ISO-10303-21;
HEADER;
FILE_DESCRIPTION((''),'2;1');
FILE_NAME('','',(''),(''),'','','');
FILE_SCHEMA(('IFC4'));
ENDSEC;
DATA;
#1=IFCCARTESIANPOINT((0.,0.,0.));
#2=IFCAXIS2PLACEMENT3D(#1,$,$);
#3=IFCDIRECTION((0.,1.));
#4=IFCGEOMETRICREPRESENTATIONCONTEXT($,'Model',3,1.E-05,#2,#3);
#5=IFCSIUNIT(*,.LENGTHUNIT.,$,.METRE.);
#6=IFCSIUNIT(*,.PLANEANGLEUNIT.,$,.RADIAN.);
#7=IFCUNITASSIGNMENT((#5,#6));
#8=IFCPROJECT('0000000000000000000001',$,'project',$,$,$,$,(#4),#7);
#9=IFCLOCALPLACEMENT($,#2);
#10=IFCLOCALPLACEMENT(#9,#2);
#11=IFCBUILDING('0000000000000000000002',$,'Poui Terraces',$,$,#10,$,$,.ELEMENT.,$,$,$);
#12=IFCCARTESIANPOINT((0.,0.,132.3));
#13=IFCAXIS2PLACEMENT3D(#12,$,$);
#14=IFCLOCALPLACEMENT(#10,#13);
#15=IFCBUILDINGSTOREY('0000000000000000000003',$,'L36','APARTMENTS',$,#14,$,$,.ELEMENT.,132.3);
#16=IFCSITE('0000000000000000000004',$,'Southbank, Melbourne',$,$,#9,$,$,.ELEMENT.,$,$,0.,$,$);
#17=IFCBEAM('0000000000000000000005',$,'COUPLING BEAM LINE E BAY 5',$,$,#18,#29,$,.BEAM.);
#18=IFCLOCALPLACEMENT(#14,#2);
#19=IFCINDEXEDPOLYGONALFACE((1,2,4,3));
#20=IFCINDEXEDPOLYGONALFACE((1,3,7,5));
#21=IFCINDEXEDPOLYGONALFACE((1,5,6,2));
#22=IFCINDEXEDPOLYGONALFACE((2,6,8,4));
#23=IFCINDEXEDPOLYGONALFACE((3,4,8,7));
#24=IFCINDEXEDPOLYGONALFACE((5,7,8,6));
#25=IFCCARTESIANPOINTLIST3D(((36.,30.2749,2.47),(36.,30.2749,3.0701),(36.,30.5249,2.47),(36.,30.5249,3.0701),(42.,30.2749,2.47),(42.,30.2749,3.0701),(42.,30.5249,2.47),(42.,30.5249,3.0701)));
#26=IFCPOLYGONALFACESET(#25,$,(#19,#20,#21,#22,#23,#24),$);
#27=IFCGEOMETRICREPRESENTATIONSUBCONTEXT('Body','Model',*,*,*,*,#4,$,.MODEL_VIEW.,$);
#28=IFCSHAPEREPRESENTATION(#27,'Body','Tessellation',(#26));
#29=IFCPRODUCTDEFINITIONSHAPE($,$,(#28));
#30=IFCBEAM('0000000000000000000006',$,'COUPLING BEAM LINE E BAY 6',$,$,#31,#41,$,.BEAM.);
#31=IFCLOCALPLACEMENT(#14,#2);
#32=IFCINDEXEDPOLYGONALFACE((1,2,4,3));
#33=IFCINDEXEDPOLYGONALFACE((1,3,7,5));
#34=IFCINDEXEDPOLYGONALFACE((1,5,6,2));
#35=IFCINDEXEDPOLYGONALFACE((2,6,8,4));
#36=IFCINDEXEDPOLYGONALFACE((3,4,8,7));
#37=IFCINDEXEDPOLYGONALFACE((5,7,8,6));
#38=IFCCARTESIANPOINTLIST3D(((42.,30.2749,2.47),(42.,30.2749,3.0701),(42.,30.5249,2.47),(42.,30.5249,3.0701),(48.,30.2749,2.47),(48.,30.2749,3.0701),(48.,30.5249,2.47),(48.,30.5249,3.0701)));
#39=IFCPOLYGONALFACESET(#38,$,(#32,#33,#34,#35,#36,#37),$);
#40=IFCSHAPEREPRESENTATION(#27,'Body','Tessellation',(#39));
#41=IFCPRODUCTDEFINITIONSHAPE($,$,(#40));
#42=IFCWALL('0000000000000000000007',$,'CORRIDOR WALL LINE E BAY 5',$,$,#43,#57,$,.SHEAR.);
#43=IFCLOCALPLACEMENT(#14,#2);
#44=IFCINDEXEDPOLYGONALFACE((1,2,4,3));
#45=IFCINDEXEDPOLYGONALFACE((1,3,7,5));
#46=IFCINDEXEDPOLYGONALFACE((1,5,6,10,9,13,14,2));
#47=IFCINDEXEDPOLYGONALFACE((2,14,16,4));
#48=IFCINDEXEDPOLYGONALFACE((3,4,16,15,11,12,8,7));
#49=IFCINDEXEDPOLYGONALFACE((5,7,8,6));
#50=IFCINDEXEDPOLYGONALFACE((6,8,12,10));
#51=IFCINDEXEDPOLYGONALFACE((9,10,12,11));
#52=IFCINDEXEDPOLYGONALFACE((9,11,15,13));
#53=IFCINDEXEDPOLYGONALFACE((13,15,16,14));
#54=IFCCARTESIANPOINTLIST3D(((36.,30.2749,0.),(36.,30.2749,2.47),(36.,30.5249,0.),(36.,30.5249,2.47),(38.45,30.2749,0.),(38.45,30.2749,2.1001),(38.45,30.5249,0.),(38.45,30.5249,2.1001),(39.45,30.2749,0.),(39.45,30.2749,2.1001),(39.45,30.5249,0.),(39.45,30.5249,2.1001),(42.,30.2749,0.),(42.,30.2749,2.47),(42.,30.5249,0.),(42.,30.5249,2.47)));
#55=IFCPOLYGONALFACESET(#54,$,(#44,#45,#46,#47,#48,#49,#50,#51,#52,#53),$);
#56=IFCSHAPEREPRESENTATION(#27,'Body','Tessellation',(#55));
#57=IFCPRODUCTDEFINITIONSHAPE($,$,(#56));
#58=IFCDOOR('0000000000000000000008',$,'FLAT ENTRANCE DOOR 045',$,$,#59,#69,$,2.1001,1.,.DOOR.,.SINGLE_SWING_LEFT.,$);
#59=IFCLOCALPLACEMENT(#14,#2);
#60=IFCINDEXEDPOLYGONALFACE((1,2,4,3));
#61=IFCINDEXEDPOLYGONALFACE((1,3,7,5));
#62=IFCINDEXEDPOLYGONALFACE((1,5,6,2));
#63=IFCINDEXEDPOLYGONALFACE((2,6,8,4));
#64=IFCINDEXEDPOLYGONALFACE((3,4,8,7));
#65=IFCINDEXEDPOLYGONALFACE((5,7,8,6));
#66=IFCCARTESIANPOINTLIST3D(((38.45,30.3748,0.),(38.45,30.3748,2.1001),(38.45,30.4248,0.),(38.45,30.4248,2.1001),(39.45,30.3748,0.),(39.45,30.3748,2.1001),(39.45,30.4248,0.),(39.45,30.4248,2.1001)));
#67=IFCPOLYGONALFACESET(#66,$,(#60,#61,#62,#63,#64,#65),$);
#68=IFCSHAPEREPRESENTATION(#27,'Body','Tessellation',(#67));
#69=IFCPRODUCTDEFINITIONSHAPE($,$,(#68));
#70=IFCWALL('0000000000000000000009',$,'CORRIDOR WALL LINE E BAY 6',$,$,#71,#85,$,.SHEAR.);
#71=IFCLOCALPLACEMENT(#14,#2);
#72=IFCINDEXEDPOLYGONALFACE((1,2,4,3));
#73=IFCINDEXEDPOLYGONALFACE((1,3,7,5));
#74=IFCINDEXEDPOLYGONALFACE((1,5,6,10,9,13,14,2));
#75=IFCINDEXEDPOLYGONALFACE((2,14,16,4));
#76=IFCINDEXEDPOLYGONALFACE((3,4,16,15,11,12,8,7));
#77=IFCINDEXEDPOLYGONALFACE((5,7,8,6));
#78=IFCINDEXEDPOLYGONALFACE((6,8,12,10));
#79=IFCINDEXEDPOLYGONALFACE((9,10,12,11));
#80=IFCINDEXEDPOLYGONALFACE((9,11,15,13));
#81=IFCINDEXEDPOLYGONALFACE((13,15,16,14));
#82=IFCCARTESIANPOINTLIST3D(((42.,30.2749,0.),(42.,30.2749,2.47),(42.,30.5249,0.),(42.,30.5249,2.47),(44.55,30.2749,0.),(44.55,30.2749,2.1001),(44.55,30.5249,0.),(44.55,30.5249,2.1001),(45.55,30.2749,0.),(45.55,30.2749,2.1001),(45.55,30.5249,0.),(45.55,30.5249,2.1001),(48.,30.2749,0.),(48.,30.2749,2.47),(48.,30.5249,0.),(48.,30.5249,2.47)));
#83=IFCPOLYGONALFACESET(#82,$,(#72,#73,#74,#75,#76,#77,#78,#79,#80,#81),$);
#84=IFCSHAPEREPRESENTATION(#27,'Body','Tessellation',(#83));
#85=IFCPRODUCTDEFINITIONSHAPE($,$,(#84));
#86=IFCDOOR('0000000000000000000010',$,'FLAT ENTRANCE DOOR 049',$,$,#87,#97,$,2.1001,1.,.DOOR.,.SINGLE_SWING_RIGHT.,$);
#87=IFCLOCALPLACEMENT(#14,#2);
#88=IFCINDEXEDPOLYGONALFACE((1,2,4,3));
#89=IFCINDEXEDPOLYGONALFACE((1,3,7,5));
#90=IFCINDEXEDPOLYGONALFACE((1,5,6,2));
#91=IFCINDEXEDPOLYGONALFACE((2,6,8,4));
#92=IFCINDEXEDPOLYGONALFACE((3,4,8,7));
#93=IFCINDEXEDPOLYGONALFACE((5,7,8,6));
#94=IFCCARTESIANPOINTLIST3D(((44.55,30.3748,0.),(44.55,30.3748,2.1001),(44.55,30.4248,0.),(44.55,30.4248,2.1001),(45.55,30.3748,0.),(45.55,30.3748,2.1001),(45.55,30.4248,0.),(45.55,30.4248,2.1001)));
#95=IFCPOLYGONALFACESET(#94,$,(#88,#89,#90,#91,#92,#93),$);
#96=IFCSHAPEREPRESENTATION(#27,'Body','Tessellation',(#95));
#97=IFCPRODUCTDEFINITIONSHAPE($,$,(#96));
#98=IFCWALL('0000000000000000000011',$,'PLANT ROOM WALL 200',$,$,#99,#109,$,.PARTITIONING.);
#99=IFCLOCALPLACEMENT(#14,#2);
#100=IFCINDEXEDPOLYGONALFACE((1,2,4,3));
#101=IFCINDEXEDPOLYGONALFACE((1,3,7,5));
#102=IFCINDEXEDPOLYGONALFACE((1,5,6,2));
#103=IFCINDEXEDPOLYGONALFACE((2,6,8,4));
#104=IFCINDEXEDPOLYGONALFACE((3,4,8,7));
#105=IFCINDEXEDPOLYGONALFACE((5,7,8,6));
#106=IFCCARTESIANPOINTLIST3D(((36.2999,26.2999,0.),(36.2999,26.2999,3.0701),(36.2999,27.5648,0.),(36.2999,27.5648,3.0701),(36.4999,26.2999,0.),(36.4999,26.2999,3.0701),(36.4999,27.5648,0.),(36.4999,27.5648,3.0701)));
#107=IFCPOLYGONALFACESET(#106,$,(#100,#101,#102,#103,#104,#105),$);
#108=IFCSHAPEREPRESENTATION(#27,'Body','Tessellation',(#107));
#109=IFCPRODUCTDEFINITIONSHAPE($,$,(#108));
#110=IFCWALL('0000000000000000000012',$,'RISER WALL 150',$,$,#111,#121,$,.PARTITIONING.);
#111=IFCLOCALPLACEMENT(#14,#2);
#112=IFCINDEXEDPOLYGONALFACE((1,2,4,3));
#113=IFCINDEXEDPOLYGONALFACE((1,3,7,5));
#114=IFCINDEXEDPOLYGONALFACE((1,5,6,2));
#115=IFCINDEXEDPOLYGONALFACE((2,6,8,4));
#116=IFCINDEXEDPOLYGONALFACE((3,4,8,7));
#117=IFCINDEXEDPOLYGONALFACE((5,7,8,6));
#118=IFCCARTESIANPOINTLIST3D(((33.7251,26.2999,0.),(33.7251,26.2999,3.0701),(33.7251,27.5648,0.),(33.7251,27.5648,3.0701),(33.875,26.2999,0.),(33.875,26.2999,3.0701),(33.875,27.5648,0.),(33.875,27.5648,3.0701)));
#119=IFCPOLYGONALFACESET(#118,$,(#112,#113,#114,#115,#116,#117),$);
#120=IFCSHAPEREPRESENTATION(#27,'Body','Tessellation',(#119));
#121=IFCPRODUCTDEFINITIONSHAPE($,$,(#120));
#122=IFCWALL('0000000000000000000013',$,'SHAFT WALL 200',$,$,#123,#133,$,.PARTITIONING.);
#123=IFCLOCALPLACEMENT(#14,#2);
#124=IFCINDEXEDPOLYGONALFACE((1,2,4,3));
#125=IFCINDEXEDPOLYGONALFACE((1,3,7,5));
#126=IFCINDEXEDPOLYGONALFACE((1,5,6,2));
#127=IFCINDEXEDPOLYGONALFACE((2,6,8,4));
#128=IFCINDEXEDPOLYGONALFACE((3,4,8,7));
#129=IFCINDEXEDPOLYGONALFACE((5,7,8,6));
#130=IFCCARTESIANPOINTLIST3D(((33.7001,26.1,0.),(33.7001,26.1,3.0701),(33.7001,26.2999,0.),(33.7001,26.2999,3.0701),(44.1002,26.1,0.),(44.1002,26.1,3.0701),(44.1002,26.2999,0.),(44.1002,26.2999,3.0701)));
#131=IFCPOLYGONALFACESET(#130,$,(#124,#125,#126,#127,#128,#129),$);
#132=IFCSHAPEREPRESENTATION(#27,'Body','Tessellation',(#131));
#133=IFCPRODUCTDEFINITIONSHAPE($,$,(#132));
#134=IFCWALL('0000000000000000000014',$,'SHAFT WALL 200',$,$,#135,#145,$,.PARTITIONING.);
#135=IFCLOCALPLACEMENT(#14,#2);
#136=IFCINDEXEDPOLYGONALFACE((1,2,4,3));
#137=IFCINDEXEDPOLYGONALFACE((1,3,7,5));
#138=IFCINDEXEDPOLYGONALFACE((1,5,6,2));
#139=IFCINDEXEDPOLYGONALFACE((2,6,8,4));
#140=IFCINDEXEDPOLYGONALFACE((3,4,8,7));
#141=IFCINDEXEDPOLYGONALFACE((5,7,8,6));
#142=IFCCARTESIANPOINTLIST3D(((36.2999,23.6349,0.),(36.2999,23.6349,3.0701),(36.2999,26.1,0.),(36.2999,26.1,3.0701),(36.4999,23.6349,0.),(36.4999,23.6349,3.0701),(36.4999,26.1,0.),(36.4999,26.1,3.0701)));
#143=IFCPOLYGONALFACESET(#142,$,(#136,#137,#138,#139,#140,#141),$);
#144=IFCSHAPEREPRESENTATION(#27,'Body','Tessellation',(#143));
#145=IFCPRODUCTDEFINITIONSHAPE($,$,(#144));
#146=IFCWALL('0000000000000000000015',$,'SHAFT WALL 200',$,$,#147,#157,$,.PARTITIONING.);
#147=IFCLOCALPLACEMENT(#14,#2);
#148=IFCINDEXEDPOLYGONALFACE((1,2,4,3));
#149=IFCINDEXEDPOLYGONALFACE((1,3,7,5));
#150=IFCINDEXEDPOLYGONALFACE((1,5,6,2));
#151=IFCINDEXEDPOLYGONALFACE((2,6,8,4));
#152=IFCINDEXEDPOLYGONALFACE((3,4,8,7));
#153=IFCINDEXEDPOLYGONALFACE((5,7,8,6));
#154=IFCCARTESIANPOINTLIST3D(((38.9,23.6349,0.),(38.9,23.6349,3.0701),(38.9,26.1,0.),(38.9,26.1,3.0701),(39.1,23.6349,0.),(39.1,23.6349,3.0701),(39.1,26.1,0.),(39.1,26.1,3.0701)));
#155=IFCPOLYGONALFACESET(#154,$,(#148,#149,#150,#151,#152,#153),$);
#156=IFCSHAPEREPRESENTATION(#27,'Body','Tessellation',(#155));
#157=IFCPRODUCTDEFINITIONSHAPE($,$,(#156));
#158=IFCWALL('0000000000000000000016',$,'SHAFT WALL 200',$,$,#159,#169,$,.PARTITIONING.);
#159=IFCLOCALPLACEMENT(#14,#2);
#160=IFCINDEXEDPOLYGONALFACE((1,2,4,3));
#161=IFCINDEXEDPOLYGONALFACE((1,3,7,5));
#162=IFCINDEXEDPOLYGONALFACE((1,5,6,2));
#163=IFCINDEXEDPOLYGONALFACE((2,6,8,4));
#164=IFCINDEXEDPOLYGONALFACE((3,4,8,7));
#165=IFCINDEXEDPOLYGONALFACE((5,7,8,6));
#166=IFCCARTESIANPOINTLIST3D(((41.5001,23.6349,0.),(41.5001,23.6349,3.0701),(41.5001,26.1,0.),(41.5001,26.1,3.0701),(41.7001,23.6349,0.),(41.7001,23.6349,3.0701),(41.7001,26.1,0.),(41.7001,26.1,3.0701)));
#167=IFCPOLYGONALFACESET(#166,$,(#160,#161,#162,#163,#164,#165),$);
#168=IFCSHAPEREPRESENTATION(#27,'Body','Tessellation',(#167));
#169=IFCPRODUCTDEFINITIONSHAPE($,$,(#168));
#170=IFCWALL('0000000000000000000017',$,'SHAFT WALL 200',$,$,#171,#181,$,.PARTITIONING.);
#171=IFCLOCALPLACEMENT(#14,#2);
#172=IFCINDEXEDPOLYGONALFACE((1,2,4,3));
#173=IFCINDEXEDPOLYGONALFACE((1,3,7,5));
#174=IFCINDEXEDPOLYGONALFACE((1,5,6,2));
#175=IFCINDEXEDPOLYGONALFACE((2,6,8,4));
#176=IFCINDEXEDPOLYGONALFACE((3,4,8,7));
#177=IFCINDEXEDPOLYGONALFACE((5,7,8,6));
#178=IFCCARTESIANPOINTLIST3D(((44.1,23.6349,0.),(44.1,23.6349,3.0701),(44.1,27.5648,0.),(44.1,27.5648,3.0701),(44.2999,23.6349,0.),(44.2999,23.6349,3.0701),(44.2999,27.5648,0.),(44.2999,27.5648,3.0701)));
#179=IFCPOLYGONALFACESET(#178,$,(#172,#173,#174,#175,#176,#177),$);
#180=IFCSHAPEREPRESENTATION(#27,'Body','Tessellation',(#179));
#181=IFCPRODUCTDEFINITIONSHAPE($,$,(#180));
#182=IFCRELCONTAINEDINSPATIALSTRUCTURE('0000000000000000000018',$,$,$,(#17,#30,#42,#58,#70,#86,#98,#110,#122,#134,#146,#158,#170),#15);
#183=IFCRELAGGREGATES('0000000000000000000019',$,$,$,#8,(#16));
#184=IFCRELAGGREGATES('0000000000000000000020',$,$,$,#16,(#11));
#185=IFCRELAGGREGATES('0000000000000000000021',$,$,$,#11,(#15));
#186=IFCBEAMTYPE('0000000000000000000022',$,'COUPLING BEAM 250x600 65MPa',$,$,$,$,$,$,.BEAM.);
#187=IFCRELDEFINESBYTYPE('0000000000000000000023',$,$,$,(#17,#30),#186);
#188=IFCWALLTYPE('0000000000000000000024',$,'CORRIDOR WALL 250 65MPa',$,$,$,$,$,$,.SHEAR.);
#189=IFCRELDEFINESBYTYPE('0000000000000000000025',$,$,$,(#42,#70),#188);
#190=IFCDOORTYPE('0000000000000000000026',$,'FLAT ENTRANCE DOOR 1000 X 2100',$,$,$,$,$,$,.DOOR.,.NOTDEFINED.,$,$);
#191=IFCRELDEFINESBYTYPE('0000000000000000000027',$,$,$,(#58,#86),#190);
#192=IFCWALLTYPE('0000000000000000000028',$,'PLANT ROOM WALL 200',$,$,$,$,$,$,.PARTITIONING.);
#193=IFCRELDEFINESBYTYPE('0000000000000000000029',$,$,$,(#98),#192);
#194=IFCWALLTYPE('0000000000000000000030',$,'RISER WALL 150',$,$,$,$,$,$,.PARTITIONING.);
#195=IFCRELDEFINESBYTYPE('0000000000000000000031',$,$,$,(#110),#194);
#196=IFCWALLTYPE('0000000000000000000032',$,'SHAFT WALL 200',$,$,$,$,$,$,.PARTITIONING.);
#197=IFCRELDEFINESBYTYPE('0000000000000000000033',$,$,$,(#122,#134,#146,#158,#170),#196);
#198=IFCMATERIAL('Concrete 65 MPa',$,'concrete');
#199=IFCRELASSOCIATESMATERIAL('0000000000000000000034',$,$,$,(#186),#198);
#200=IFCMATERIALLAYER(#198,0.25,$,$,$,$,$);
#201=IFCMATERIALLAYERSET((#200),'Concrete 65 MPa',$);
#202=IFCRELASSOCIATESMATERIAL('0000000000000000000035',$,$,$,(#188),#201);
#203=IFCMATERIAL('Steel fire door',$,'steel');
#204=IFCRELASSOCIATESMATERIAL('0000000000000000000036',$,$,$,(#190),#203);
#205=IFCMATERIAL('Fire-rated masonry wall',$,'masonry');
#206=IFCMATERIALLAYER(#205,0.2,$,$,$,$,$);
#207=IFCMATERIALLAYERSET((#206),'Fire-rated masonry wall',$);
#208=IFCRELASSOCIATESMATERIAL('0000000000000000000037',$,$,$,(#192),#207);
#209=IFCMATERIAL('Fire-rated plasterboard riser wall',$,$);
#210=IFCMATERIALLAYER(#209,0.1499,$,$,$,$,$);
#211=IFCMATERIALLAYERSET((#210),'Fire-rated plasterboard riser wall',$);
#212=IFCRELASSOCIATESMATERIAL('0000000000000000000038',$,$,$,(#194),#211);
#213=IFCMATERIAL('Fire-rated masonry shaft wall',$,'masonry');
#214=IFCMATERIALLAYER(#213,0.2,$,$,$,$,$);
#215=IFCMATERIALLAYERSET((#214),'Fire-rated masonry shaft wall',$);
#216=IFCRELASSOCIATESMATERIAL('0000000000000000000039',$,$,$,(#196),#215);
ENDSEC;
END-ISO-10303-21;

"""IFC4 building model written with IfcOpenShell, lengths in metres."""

from ifc_helpers import new_model, si_unit, direction, frame, frame_2d, origin, origin_2d, place, context, subcontext, project, spatial, rectangle, extrude, source, transform, mapped, material, layer, layer_set, material_profile, profile_set, type_object, element, fill, save


model = new_model("IFC4")

# Units and contexts
model_context = context("Model", 3, precision=1e-05, world=origin(), true_north=direction((0.0, 1.0)))
body_context = subcontext(model_context, "Body", "Model", "MODEL_VIEW")
ifc_project = project(units=[si_unit("LENGTHUNIT", "METRE"), si_unit("PLANEANGLEUNIT", "RADIAN")], contexts=[model_context])

# Site, building, storey
site_placement = place(None, origin())
site = spatial("IfcSite", under=ifc_project, at=site_placement, Name="Southbank, Melbourne", CompositionType="ELEMENT", RefElevation=0.0)
building_placement = place(site_placement, origin())
building = spatial("IfcBuilding", under=site, at=building_placement, Name="Poui Terraces", CompositionType="ELEMENT")
storey_placement = place(building_placement, frame((0.0, 0.0, 132.3)))
storey = spatial("IfcBuildingStorey", under=building, at=storey_placement, Name="L36", Description="APARTMENTS", CompositionType="ELEMENT", Elevation=132.3)

# Beams
ifc_material_1 = material(Name="Concrete 65 MPa", Category="concrete")
ifc_material_profile = material_profile(ifc_material_1, rectangle(XDim=0.25, YDim=0.6001, at=origin_2d()), Name="RC 250x600")
ifc_profile_set = profile_set([ifc_material_profile], Name="Concrete 65 MPa")
beam_type = type_object("IfcBeamType", Name="COUPLING BEAM 250x600 65MPa", PredefinedType="BEAM", material=ifc_profile_set)
shared_shape = source(origin(), body_context, "Body", "SweptSolid", [
    extrude(rectangle(XDim=0.25, YDim=0.6001, at=origin_2d()), origin(), (0.0, 0.0, 1.0), 6.0),
])
for number, where, z_axis, x_axis, name in (
    (1, (36.0, 30.3999, 2.77), (1.0, 0.0, 0.0), (0.0, 1.0, 0.0), "COUPLING BEAM LINE E BAY 5"),
    (2, (42.0, 30.3999, 2.77), (1.0, 0.0, 0.0), (0.0, 1.0, 0.0), "COUPLING BEAM LINE E BAY 6"),
):
    element("IfcBeam", number, at=place(storey_placement, frame(where, z_axis=z_axis, x_axis=x_axis)), inside=storey, type_object=beam_type, Name=name, PredefinedType="BEAM", context=body_context, shape_type="MappedRepresentation", body=[
        mapped(shared_shape, transform((0.0, 0.0, 0.0))),
    ])

# Walls, openings, doors
ifc_layer_1 = layer(ifc_material_1, 0.25)
ifc_layer_set_1 = layer_set([ifc_layer_1], Name="Concrete 65 MPa")
wall_type_1 = type_object("IfcWallType", Name="CORRIDOR WALL 250 65MPa", PredefinedType="SHEAR", material=ifc_layer_set_1)
wall_1_placement = place(storey_placement, frame((36.0, 30.3999, 0.0), z_axis=(0.0, 0.0, 1.0), x_axis=(1.0, 0.0, 0.0)))
wall_1 = element("IfcWall", 3, at=wall_1_placement, inside=storey, type_object=wall_type_1, Name="CORRIDOR WALL LINE E BAY 5", PredefinedType="SHEAR", context=body_context, shape_type="SweptSolid", body=[
    extrude(rectangle(XDim=6.0, YDim=0.25, at=frame_2d((3.0, 0.0))), origin(), (0.0, 0.0, 1.0), 2.47),
])
opening_1_placement = place(wall_1_placement, frame((2.45, 0.0, 0.0)))
opening_1 = element("IfcOpeningElement", 4, at=opening_1_placement, cuts=wall_1, PredefinedType="OPENING", context=body_context, shape_type="SweptSolid", body=[
    extrude(rectangle(XDim=1.0, YDim=2.1001, at=frame_2d((0.5, 1.05))), frame((0.0, 0.135, 0.0), z_axis=(0.0, -1.0, 0.0), x_axis=(1.0, 0.0, 0.0)), (0.0, 0.0, 1.0), 0.27),
])
ifc_material_2 = material(Name="Steel fire door", Category="steel")
door_type = type_object("IfcDoorType", Name="FLAT ENTRANCE DOOR 1000 X 2100", OperationType="NOTDEFINED", PredefinedType="DOOR", material=ifc_material_2)
door_1_placement = place(opening_1_placement, origin())
door_1 = element("IfcDoor", 5, at=door_1_placement, inside=storey, type_object=door_type, Name="FLAT ENTRANCE DOOR 045", OperationType="SINGLE_SWING_LEFT", OverallHeight=2.1001, OverallWidth=1.0, PredefinedType="DOOR", context=body_context, shape_type="SweptSolid", body=[
    extrude(rectangle(XDim=1.0, YDim=2.1001, at=frame_2d((0.5, 1.05))), frame((0.0, 0.0249, 0.0), z_axis=(0.0, -1.0, 0.0), x_axis=(1.0, 0.0, 0.0)), (0.0, 0.0, 1.0), 0.05),
])
fill(opening_1, door_1)
wall_2_placement = place(storey_placement, frame((42.0, 30.3999, 0.0), z_axis=(0.0, 0.0, 1.0), x_axis=(1.0, 0.0, 0.0)))
wall_2 = element("IfcWall", 6, at=wall_2_placement, inside=storey, type_object=wall_type_1, Name="CORRIDOR WALL LINE E BAY 6", PredefinedType="SHEAR", context=body_context, shape_type="SweptSolid", body=[
    extrude(rectangle(XDim=6.0, YDim=0.25, at=frame_2d((3.0, 0.0))), origin(), (0.0, 0.0, 1.0), 2.47),
])
opening_2_placement = place(wall_2_placement, frame((2.55, 0.0, 0.0)))
opening_2 = element("IfcOpeningElement", 7, at=opening_2_placement, cuts=wall_2, PredefinedType="OPENING", context=body_context, shape_type="SweptSolid", body=[
    extrude(rectangle(XDim=1.0, YDim=2.1001, at=frame_2d((0.5, 1.05))), frame((0.0, 0.135, 0.0), z_axis=(0.0, -1.0, 0.0), x_axis=(1.0, 0.0, 0.0)), (0.0, 0.0, 1.0), 0.27),
])
door_2_placement = place(opening_2_placement, origin())
door_2 = element("IfcDoor", 8, at=door_2_placement, inside=storey, type_object=door_type, Name="FLAT ENTRANCE DOOR 049", OperationType="SINGLE_SWING_RIGHT", OverallHeight=2.1001, OverallWidth=1.0, PredefinedType="DOOR", context=body_context, shape_type="SweptSolid", body=[
    extrude(rectangle(XDim=1.0, YDim=2.1001, at=frame_2d((0.5, 1.05))), frame((0.0, 0.0249, 0.0), z_axis=(0.0, -1.0, 0.0), x_axis=(1.0, 0.0, 0.0)), (0.0, 0.0, 1.0), 0.05),
])
fill(opening_2, door_2)

# Walls
ifc_material_3 = material(Name="Fire-rated masonry wall", Category="masonry")
ifc_layer_2 = layer(ifc_material_3, 0.2)
ifc_layer_set_2 = layer_set([ifc_layer_2], Name="Fire-rated masonry wall")
wall_type_2 = type_object("IfcWallType", Name="PLANT ROOM WALL 200", PredefinedType="PARTITIONING", material=ifc_layer_set_2)
wall_3_placement = place(storey_placement, frame((36.3999, 26.3, 0.0), z_axis=(0.0, 0.0, 1.0), x_axis=(0.0, 1.0, 0.0)))
element("IfcWall", 9, at=wall_3_placement, inside=storey, type_object=wall_type_2, Name="PLANT ROOM WALL 200", PredefinedType="PARTITIONING", context=body_context, shape_type="SweptSolid", body=[
    extrude(rectangle(XDim=1.2649, YDim=0.2, at=frame_2d((0.6323, 0.0))), origin(), (0.0, 0.0, 1.0), 3.0701),
])
ifc_material_4 = material(Name="Fire-rated plasterboard riser wall")
ifc_layer_3 = layer(ifc_material_4, 0.1499)
ifc_layer_set_3 = layer_set([ifc_layer_3], Name="Fire-rated plasterboard riser wall")
wall_type_3 = type_object("IfcWallType", Name="RISER WALL 150", PredefinedType="PARTITIONING", material=ifc_layer_set_3)
wall_4_placement = place(storey_placement, frame((33.8, 26.3, 0.0), z_axis=(0.0, 0.0, 1.0), x_axis=(0.0, 1.0, 0.0)))
element("IfcWall", 10, at=wall_4_placement, inside=storey, type_object=wall_type_3, Name="RISER WALL 150", PredefinedType="PARTITIONING", context=body_context, shape_type="SweptSolid", body=[
    extrude(rectangle(XDim=1.2649, YDim=0.1499, at=frame_2d((0.6323, 0.0))), origin(), (0.0, 0.0, 1.0), 3.0701),
])
ifc_material_5 = material(Name="Fire-rated masonry shaft wall", Category="masonry")
ifc_layer_4 = layer(ifc_material_5, 0.2)
ifc_layer_set_4 = layer_set([ifc_layer_4], Name="Fire-rated masonry shaft wall")
wall_type_4 = type_object("IfcWallType", Name="SHAFT WALL 200", PredefinedType="PARTITIONING", material=ifc_layer_set_4)
wall_5_placement = place(storey_placement, frame((33.7, 26.2, 0.0), z_axis=(0.0, 0.0, 1.0), x_axis=(1.0, 0.0, 0.0)))
element("IfcWall", 11, at=wall_5_placement, inside=storey, type_object=wall_type_4, Name="SHAFT WALL 200", PredefinedType="PARTITIONING", context=body_context, shape_type="SweptSolid", body=[
    extrude(rectangle(XDim=10.4001, YDim=0.2, at=frame_2d((5.2002, 0.0))), origin(), (0.0, 0.0, 1.0), 3.0701),
])
for number, where, z_axis, x_axis, name in (
    (12, (36.3999, 23.635, 0.0), (0.0, 0.0, 1.0), (0.0, 1.0, 0.0), "SHAFT WALL 200"),
    (13, (39.0, 23.635, 0.0), (0.0, 0.0, 1.0), (0.0, 1.0, 0.0), "SHAFT WALL 200"),
    (14, (41.6001, 23.635, 0.0), (0.0, 0.0, 1.0), (0.0, 1.0, 0.0), "SHAFT WALL 200"),
):
    element("IfcWall", number, at=place(storey_placement, frame(where, z_axis=z_axis, x_axis=x_axis)), inside=storey, type_object=wall_type_4, Name=name, PredefinedType="PARTITIONING", context=body_context, shape_type="SweptSolid", body=[
        extrude(rectangle(XDim=2.4651, YDim=0.2, at=frame_2d((1.2324, 0.0))), origin(), (0.0, 0.0, 1.0), 3.0701),
    ])
wall_6_placement = place(storey_placement, frame((44.2, 23.635, 0.0), z_axis=(0.0, 0.0, 1.0), x_axis=(0.0, 1.0, 0.0)))
element("IfcWall", 15, at=wall_6_placement, inside=storey, type_object=wall_type_4, Name="SHAFT WALL 200", PredefinedType="PARTITIONING", context=body_context, shape_type="SweptSolid", body=[
    extrude(rectangle(XDim=3.9299, YDim=0.2, at=frame_2d((1.9648, 0.0))), origin(), (0.0, 0.0, 1.0), 3.0701),
])

save(model, "model.ifc")
